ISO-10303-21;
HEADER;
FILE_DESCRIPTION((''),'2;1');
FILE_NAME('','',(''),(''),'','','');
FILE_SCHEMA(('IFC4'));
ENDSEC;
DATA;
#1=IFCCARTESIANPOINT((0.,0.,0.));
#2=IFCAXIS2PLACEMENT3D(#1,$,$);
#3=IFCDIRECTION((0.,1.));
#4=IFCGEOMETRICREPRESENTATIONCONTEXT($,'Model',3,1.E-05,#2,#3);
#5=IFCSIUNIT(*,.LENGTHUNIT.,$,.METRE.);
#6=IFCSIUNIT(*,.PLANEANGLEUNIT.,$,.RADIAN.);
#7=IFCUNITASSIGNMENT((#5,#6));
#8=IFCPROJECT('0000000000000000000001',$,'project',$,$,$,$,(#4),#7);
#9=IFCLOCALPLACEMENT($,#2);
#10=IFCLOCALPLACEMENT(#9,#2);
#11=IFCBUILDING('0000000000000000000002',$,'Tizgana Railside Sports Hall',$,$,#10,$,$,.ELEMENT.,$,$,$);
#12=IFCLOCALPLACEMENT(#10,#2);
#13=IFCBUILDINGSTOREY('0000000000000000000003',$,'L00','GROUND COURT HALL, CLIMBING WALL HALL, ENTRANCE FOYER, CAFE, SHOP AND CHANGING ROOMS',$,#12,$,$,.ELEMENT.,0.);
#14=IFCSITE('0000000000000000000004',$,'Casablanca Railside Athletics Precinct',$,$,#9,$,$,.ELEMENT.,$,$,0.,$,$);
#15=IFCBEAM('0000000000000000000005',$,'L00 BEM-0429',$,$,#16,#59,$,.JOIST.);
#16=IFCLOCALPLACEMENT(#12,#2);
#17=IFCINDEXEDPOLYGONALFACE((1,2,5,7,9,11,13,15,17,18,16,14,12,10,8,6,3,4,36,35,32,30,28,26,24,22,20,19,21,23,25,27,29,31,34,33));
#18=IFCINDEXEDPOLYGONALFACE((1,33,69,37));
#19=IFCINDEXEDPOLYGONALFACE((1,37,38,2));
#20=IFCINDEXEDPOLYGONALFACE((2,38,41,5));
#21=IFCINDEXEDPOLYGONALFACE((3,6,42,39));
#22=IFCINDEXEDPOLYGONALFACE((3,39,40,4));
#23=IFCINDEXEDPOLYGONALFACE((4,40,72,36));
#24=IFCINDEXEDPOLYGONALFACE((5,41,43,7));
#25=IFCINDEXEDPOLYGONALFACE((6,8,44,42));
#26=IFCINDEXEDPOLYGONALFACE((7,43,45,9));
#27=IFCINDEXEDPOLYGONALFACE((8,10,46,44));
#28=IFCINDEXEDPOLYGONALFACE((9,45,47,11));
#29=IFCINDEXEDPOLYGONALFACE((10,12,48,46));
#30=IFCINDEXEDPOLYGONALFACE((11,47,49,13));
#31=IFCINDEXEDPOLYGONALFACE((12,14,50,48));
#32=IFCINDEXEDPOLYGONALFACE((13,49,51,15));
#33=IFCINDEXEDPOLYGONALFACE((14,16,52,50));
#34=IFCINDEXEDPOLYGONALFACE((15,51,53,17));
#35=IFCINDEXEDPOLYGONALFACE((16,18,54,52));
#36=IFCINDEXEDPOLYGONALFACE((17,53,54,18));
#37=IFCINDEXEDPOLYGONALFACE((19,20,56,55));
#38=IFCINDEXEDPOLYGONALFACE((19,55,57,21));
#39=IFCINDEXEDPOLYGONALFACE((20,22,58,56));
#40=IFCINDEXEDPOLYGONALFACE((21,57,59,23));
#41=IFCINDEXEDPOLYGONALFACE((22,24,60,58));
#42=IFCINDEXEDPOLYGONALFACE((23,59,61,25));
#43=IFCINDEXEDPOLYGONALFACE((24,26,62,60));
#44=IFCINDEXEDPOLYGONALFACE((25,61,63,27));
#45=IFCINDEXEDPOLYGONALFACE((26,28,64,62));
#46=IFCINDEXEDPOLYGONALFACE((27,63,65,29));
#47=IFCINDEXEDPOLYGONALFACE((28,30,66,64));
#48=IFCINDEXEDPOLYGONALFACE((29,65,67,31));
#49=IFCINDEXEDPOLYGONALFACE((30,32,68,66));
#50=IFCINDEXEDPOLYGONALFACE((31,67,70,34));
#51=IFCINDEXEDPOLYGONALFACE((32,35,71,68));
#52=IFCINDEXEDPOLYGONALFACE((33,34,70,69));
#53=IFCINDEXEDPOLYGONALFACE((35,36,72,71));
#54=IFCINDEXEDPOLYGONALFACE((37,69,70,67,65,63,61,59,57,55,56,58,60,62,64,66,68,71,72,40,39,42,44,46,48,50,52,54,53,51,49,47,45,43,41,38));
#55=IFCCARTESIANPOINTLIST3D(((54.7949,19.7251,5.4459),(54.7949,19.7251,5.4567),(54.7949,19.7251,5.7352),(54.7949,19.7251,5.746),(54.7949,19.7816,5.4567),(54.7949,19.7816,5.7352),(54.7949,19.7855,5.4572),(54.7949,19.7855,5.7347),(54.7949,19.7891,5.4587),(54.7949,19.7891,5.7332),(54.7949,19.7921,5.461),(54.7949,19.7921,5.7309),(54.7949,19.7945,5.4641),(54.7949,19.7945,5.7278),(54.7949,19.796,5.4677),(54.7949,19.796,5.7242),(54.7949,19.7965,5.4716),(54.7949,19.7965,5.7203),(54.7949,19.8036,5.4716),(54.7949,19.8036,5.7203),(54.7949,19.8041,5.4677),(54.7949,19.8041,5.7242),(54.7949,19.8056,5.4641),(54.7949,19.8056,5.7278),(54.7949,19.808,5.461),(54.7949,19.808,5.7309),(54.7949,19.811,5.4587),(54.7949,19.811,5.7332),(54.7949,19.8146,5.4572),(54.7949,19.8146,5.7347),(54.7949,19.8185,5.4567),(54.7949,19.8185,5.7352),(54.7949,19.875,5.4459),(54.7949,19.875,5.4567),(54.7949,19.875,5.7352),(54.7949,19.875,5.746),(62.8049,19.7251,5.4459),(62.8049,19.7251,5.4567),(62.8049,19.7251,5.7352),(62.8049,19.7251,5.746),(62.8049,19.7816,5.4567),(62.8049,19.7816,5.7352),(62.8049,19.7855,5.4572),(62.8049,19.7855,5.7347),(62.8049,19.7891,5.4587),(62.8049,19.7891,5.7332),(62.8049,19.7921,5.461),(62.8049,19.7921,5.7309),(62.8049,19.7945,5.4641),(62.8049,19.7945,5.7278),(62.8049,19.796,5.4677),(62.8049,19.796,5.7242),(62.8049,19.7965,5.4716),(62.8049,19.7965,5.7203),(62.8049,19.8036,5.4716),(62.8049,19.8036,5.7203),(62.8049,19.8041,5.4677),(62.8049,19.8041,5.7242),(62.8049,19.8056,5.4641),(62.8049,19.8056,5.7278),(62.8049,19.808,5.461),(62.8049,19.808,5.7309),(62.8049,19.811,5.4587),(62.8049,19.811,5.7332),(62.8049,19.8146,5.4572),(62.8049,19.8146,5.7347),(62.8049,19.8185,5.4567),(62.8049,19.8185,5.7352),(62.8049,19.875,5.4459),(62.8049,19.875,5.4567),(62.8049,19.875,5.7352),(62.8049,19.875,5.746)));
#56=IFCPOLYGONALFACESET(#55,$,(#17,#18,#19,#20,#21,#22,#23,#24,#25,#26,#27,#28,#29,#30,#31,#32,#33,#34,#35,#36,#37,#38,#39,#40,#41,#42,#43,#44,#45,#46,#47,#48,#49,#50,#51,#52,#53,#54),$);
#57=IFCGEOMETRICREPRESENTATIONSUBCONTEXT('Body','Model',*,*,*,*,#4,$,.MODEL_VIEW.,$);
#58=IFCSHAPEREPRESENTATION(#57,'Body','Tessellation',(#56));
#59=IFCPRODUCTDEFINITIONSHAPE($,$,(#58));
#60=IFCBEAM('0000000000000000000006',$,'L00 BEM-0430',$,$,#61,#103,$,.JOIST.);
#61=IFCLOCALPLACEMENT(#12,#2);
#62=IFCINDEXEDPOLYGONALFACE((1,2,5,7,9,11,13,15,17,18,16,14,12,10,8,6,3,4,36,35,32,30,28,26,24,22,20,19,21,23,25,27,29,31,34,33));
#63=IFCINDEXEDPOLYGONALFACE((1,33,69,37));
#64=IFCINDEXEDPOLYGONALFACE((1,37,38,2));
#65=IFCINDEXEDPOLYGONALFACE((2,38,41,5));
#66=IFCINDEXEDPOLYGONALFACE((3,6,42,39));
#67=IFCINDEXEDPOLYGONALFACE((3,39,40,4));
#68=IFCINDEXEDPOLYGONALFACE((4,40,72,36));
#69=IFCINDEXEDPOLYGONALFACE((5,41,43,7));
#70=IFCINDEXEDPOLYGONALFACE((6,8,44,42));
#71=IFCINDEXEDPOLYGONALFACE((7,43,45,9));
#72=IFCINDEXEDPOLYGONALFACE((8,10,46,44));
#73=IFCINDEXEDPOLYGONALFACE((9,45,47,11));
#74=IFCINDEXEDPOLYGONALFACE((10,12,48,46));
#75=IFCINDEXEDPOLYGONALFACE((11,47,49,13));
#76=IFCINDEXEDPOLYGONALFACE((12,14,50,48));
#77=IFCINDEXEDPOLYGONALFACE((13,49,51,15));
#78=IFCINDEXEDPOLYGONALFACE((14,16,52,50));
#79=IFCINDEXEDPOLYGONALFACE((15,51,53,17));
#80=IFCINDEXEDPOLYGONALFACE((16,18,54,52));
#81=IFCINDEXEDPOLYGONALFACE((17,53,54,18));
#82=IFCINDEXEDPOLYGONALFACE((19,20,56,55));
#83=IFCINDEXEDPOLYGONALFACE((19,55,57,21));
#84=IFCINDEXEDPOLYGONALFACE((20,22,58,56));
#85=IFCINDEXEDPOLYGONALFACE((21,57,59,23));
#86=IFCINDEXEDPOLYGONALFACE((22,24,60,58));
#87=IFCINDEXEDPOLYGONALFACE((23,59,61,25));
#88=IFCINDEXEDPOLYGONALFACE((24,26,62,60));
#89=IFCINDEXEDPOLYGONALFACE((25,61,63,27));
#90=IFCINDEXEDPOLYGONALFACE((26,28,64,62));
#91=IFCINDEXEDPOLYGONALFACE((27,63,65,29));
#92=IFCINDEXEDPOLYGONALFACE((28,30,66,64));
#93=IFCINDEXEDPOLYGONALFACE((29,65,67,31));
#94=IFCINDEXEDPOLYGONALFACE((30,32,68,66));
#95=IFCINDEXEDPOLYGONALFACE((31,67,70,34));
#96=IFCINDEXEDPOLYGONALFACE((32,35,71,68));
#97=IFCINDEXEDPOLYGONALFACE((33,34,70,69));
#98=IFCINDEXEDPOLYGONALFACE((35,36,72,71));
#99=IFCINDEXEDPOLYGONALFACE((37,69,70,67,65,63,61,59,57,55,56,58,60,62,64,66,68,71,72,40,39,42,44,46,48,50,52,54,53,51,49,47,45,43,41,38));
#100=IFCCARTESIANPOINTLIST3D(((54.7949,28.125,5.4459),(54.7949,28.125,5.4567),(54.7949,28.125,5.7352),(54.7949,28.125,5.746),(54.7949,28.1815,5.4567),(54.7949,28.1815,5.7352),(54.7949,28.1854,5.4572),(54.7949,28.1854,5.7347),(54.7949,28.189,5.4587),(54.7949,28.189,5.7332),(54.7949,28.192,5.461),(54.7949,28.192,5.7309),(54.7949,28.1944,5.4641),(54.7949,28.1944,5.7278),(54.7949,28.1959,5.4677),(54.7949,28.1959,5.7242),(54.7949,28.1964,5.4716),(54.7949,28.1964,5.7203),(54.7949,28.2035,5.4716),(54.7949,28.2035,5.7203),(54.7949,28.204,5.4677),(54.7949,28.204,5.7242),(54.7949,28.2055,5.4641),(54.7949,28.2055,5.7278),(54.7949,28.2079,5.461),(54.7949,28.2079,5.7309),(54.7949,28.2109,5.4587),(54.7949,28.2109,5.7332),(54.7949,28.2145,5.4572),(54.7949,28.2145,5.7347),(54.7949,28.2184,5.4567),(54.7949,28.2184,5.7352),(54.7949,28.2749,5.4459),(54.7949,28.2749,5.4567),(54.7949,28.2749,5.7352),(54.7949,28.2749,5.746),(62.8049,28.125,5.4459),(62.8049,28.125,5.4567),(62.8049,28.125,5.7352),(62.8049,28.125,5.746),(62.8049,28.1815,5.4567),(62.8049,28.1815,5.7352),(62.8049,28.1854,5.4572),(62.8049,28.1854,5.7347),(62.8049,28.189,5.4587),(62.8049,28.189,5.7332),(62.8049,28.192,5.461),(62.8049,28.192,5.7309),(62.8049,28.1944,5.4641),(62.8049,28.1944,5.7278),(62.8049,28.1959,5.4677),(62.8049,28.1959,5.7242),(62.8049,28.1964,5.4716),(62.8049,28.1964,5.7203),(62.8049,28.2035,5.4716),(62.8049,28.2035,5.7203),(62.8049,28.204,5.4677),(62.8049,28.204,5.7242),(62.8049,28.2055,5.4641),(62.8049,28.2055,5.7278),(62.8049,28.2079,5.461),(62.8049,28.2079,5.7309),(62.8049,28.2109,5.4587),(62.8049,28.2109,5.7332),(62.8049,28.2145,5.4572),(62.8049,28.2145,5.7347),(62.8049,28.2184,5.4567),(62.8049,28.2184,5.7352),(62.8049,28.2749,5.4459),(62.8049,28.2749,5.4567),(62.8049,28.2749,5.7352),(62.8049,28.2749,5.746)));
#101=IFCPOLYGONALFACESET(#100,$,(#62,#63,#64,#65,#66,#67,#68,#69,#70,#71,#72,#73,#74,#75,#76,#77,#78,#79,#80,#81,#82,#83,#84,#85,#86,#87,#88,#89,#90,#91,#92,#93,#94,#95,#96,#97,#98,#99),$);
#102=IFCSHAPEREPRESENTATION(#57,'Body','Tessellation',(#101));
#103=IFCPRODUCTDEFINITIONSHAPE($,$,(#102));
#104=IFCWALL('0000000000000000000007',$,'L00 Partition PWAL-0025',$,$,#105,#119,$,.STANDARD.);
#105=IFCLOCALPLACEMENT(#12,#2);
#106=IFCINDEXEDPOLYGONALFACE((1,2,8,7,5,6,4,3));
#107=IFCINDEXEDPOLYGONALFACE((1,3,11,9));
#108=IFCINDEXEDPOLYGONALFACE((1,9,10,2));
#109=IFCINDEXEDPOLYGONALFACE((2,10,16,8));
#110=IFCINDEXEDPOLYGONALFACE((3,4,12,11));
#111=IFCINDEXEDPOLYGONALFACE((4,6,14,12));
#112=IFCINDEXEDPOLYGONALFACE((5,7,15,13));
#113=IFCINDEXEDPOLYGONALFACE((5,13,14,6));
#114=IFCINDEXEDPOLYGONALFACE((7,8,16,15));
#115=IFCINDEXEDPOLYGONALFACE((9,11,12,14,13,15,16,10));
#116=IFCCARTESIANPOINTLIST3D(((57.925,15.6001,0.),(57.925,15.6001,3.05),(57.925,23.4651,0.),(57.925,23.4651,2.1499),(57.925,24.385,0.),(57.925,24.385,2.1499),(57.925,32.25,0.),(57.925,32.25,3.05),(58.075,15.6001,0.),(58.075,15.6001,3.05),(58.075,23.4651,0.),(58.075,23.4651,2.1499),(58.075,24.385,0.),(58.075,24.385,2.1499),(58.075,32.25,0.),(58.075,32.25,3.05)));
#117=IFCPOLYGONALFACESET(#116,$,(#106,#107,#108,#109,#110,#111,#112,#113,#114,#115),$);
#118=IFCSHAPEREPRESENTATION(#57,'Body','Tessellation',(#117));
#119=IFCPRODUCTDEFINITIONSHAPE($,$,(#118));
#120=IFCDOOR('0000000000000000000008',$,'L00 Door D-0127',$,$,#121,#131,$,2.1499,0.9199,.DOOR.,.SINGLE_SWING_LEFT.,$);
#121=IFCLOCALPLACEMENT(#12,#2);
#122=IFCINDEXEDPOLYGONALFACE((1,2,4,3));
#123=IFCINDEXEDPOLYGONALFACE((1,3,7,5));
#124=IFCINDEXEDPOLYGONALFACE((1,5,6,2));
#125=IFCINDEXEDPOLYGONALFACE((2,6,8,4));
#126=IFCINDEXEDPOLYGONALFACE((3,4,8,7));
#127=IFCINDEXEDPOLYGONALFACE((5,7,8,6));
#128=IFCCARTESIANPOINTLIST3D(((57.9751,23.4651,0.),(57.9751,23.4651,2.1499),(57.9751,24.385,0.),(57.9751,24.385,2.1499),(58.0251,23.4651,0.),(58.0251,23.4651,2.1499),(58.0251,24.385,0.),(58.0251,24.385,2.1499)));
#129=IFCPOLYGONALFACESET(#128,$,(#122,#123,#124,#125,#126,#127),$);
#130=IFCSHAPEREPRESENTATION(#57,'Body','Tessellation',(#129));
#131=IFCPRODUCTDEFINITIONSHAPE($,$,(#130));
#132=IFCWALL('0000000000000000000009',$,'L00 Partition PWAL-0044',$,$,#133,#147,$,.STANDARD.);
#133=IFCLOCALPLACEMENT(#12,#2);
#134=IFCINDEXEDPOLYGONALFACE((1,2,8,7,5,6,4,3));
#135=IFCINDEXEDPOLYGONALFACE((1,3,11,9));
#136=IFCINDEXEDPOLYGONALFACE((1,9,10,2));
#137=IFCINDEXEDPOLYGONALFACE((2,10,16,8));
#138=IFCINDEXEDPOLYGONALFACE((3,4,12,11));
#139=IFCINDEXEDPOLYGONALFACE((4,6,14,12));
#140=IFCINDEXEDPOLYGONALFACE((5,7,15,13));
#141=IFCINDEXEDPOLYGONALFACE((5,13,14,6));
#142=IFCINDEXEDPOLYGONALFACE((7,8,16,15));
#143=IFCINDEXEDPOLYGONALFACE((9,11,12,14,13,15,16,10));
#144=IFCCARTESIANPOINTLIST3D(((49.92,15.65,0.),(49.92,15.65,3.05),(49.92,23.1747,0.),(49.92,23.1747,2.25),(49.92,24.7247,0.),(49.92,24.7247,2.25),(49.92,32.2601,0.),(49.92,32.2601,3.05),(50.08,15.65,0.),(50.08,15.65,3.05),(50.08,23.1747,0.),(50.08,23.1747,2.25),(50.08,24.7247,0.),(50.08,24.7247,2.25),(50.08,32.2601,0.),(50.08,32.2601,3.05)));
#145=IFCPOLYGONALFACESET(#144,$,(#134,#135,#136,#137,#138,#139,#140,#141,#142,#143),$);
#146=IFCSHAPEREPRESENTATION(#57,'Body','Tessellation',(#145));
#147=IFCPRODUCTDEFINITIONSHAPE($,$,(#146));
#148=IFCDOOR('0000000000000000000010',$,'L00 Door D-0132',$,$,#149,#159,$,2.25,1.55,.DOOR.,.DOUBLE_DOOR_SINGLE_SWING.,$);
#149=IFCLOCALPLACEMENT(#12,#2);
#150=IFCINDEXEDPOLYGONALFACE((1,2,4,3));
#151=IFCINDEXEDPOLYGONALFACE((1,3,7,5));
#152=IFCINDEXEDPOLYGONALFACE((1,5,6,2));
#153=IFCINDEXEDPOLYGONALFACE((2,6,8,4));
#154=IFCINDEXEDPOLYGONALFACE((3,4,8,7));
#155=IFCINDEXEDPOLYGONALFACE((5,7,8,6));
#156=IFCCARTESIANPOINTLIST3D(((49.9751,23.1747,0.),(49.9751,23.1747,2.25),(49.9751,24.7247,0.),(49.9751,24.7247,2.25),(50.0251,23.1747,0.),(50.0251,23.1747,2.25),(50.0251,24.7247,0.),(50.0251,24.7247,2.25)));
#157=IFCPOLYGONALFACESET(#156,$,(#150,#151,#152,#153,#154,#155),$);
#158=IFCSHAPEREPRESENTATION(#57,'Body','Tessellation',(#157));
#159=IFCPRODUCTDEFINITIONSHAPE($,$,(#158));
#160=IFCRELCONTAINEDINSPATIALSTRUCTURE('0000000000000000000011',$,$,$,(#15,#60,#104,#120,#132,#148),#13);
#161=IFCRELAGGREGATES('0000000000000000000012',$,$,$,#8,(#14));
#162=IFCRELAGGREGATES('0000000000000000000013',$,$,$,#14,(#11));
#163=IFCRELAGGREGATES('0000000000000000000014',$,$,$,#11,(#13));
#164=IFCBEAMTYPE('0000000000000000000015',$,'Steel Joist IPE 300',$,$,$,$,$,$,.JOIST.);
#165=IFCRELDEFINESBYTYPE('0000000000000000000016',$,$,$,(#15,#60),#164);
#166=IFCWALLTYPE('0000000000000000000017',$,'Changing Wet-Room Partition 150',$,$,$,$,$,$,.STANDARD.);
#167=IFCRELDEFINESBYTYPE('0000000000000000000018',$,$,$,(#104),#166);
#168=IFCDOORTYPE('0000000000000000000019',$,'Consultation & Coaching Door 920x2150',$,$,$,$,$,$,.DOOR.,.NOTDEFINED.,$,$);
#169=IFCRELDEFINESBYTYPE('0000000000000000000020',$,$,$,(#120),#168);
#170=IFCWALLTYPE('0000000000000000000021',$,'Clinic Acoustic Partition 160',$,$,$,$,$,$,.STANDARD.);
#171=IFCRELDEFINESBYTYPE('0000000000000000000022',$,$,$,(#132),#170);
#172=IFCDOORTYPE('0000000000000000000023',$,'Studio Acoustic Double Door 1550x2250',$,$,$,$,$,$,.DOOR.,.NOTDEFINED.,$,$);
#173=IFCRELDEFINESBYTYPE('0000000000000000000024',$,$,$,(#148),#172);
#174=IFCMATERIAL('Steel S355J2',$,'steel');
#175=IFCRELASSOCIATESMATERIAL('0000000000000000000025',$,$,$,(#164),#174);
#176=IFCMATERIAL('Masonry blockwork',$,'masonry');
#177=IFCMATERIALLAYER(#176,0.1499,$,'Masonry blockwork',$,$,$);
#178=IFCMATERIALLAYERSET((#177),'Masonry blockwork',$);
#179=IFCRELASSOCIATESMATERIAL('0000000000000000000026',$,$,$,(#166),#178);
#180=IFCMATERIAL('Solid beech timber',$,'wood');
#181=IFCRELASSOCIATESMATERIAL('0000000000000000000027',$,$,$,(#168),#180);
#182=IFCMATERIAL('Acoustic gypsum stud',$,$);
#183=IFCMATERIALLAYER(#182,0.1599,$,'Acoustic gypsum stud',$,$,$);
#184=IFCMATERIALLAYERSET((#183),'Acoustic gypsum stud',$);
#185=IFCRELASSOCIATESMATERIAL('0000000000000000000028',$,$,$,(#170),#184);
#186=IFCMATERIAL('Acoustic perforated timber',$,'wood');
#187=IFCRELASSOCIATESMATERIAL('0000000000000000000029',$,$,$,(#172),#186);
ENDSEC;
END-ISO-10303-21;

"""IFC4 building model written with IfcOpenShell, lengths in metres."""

from ifc_helpers import new_model, si_unit, direction, frame, frame_2d, origin, origin_2d, place, context, subcontext, project, spatial, rectangle, i_section, extrude, material, layer, layer_set, material_profile, profile_set, type_object, element, fill, save


model = new_model("IFC4")

# Units and contexts
model_context = context("Model", 3, precision=1e-05, world=origin(), true_north=direction((0.0, 1.0)))
body_context = subcontext(model_context, "Body", "Model", "MODEL_VIEW")
ifc_project = project(units=[si_unit("LENGTHUNIT", "METRE"), si_unit("PLANEANGLEUNIT", "RADIAN")], contexts=[model_context])

# Site, building, storey
site_placement = place(None, origin())
site = spatial("IfcSite", under=ifc_project, at=site_placement, Name="Casablanca Railside Athletics Precinct", CompositionType="ELEMENT", RefElevation=0.0)
building_placement = place(site_placement, origin())
building = spatial("IfcBuilding", under=site, at=building_placement, Name="Tizgana Railside Sports Hall", CompositionType="ELEMENT")
storey_placement = place(building_placement, origin())
storey = spatial("IfcBuildingStorey", under=building, at=storey_placement, Name="L00", Description="GROUND COURT HALL, CLIMBING WALL HALL, ENTRANCE FOYER, CAFE, SHOP AND CHANGING ROOMS", CompositionType="ELEMENT", Elevation=0.0)

# Beams
ifc_material_1 = material(Name="Steel S355J2", Category="steel")
ifc_material_profile_1 = material_profile(ifc_material_1, i_section(OverallWidth=0.1499, OverallDepth=0.3, WebThickness=0.0071, FlangeThickness=0.0107, FilletRadius=0.0149, at=origin_2d()), Name="IPE 300")
ifc_profile_set_1 = profile_set([ifc_material_profile_1], Name="Steel S355J2")
beam_type_1 = type_object("IfcBeamType", Name="Steel Joist IPE 300", PredefinedType="JOIST", material=ifc_profile_set_1)
for number, where, z_axis, x_axis, name in (
    (1, (54.7949, 19.8, 5.5959), (1.0, 0.0, 0.0), (0.0, 1.0, 0.0), "L00 BEM-0429"),
    (2, (54.7949, 28.2, 5.5959), (1.0, 0.0, 0.0), (0.0, 1.0, 0.0), "L00 BEM-0430"),
):
    element("IfcBeam", number, at=place(storey_placement, frame(where, z_axis=z_axis, x_axis=x_axis)), inside=storey, type_object=beam_type_1, Name=name, PredefinedType="JOIST", context=body_context, shape_type="SweptSolid", body=[
        extrude(i_section(OverallWidth=0.1499, OverallDepth=0.3, WebThickness=0.0071, FlangeThickness=0.0107, FilletRadius=0.0149, at=origin_2d()), origin(), (0.0, 0.0, 1.0), 8.01),
    ])

# Walls, openings, doors
ifc_material_2 = material(Name="Masonry blockwork", Category="masonry")
ifc_layer_1 = layer(ifc_material_2, 0.1499, Name="Masonry blockwork")
ifc_layer_set_1 = layer_set([ifc_layer_1], Name="Masonry blockwork")
wall_type_1 = type_object("IfcWallType", Name="Changing Wet-Room Partition 150", PredefinedType="STANDARD", material=ifc_layer_set_1)
wall_1_placement = place(storey_placement, frame((58.0, 15.6001, 0.0), z_axis=(0.0, 0.0, 1.0), x_axis=(0.0, 1.0, 0.0)))
wall_1 = element("IfcWall", 3, at=wall_1_placement, inside=storey, type_object=wall_type_1, Name="L00 Partition PWAL-0025", PredefinedType="STANDARD", context=body_context, shape_type="SweptSolid", body=[
    extrude(rectangle(XDim=16.6499, YDim=0.1499, at=frame_2d((8.325, 0.0))), origin(), (0.0, 0.0, 1.0), 3.05),
])
opening_1_placement = place(wall_1_placement, frame((7.865, 0.0, 0.0)))
opening_1 = element("IfcOpeningElement", 4, at=opening_1_placement, cuts=wall_1, PredefinedType="OPENING", context=body_context, shape_type="SweptSolid", body=[
    extrude(rectangle(XDim=0.9199, YDim=2.1499, at=frame_2d((0.46, 1.075))), frame((0.0, 0.085, 0.0), z_axis=(0.0, -1.0, 0.0), x_axis=(1.0, 0.0, 0.0)), (0.0, 0.0, 1.0), 0.1699),
])
ifc_material_3 = material(Name="Solid beech timber", Category="wood")
door_type_1 = type_object("IfcDoorType", Name="Consultation & Coaching Door 920x2150", OperationType="NOTDEFINED", PredefinedType="DOOR", material=ifc_material_3)
door_1_placement = place(opening_1_placement, origin())
door_1 = element("IfcDoor", 5, at=door_1_placement, inside=storey, type_object=door_type_1, Name="L00 Door D-0127", OperationType="SINGLE_SWING_LEFT", OverallHeight=2.1499, OverallWidth=0.9199, PredefinedType="DOOR", context=body_context, shape_type="SweptSolid", body=[
    extrude(rectangle(XDim=0.9199, YDim=2.1499, at=frame_2d((0.46, 1.075))), frame((0.0, 0.0249, 0.0), z_axis=(0.0, -1.0, 0.0), x_axis=(1.0, 0.0, 0.0)), (0.0, 0.0, 1.0), 0.05),
])
fill(opening_1, door_1)
ifc_material_4 = material(Name="Acoustic gypsum stud")
ifc_layer_2 = layer(ifc_material_4, 0.1599, Name="Acoustic gypsum stud")
ifc_layer_set_2 = layer_set([ifc_layer_2], Name="Acoustic gypsum stud")
wall_type_2 = type_object("IfcWallType", Name="Clinic Acoustic Partition 160", PredefinedType="STANDARD", material=ifc_layer_set_2)
wall_2_placement = place(storey_placement, frame((50.0, 15.6499, 0.0), z_axis=(0.0, 0.0, 1.0), x_axis=(0.0, 1.0, 0.0)))
wall_2 = element("IfcWall", 6, at=wall_2_placement, inside=storey, type_object=wall_type_2, Name="L00 Partition PWAL-0044", PredefinedType="STANDARD", context=body_context, shape_type="SweptSolid", body=[
    extrude(rectangle(XDim=16.6101, YDim=0.1599, at=frame_2d((8.3052, 0.0))), origin(), (0.0, 0.0, 1.0), 3.05),
])
opening_2_placement = place(wall_2_placement, frame((7.5249, 0.0, 0.0)))
opening_2 = element("IfcOpeningElement", 7, at=opening_2_placement, cuts=wall_2, PredefinedType="OPENING", context=body_context, shape_type="SweptSolid", body=[
    extrude(rectangle(XDim=1.55, YDim=2.25, at=frame_2d((0.7749, 1.125))), frame((0.0, 0.0898, 0.0), z_axis=(0.0, -1.0, 0.0), x_axis=(1.0, 0.0, 0.0)), (0.0, 0.0, 1.0), 0.1799),
])
ifc_material_5 = material(Name="Acoustic perforated timber", Category="wood")
door_type_2 = type_object("IfcDoorType", Name="Studio Acoustic Double Door 1550x2250", OperationType="NOTDEFINED", PredefinedType="DOOR", material=ifc_material_5)
door_2_placement = place(opening_2_placement, origin())
door_2 = element("IfcDoor", 8, at=door_2_placement, inside=storey, type_object=door_type_2, Name="L00 Door D-0132", OperationType="DOUBLE_DOOR_SINGLE_SWING", OverallHeight=2.25, OverallWidth=1.55, PredefinedType="DOOR", context=body_context, shape_type="SweptSolid", body=[
    extrude(rectangle(XDim=1.55, YDim=2.25, at=frame_2d((0.7749, 1.125))), frame((0.0, 0.0249, 0.0), z_axis=(0.0, -1.0, 0.0), x_axis=(1.0, 0.0, 0.0)), (0.0, 0.0, 1.0), 0.05),
])
fill(opening_2, door_2)

save(model, "model.ifc")
